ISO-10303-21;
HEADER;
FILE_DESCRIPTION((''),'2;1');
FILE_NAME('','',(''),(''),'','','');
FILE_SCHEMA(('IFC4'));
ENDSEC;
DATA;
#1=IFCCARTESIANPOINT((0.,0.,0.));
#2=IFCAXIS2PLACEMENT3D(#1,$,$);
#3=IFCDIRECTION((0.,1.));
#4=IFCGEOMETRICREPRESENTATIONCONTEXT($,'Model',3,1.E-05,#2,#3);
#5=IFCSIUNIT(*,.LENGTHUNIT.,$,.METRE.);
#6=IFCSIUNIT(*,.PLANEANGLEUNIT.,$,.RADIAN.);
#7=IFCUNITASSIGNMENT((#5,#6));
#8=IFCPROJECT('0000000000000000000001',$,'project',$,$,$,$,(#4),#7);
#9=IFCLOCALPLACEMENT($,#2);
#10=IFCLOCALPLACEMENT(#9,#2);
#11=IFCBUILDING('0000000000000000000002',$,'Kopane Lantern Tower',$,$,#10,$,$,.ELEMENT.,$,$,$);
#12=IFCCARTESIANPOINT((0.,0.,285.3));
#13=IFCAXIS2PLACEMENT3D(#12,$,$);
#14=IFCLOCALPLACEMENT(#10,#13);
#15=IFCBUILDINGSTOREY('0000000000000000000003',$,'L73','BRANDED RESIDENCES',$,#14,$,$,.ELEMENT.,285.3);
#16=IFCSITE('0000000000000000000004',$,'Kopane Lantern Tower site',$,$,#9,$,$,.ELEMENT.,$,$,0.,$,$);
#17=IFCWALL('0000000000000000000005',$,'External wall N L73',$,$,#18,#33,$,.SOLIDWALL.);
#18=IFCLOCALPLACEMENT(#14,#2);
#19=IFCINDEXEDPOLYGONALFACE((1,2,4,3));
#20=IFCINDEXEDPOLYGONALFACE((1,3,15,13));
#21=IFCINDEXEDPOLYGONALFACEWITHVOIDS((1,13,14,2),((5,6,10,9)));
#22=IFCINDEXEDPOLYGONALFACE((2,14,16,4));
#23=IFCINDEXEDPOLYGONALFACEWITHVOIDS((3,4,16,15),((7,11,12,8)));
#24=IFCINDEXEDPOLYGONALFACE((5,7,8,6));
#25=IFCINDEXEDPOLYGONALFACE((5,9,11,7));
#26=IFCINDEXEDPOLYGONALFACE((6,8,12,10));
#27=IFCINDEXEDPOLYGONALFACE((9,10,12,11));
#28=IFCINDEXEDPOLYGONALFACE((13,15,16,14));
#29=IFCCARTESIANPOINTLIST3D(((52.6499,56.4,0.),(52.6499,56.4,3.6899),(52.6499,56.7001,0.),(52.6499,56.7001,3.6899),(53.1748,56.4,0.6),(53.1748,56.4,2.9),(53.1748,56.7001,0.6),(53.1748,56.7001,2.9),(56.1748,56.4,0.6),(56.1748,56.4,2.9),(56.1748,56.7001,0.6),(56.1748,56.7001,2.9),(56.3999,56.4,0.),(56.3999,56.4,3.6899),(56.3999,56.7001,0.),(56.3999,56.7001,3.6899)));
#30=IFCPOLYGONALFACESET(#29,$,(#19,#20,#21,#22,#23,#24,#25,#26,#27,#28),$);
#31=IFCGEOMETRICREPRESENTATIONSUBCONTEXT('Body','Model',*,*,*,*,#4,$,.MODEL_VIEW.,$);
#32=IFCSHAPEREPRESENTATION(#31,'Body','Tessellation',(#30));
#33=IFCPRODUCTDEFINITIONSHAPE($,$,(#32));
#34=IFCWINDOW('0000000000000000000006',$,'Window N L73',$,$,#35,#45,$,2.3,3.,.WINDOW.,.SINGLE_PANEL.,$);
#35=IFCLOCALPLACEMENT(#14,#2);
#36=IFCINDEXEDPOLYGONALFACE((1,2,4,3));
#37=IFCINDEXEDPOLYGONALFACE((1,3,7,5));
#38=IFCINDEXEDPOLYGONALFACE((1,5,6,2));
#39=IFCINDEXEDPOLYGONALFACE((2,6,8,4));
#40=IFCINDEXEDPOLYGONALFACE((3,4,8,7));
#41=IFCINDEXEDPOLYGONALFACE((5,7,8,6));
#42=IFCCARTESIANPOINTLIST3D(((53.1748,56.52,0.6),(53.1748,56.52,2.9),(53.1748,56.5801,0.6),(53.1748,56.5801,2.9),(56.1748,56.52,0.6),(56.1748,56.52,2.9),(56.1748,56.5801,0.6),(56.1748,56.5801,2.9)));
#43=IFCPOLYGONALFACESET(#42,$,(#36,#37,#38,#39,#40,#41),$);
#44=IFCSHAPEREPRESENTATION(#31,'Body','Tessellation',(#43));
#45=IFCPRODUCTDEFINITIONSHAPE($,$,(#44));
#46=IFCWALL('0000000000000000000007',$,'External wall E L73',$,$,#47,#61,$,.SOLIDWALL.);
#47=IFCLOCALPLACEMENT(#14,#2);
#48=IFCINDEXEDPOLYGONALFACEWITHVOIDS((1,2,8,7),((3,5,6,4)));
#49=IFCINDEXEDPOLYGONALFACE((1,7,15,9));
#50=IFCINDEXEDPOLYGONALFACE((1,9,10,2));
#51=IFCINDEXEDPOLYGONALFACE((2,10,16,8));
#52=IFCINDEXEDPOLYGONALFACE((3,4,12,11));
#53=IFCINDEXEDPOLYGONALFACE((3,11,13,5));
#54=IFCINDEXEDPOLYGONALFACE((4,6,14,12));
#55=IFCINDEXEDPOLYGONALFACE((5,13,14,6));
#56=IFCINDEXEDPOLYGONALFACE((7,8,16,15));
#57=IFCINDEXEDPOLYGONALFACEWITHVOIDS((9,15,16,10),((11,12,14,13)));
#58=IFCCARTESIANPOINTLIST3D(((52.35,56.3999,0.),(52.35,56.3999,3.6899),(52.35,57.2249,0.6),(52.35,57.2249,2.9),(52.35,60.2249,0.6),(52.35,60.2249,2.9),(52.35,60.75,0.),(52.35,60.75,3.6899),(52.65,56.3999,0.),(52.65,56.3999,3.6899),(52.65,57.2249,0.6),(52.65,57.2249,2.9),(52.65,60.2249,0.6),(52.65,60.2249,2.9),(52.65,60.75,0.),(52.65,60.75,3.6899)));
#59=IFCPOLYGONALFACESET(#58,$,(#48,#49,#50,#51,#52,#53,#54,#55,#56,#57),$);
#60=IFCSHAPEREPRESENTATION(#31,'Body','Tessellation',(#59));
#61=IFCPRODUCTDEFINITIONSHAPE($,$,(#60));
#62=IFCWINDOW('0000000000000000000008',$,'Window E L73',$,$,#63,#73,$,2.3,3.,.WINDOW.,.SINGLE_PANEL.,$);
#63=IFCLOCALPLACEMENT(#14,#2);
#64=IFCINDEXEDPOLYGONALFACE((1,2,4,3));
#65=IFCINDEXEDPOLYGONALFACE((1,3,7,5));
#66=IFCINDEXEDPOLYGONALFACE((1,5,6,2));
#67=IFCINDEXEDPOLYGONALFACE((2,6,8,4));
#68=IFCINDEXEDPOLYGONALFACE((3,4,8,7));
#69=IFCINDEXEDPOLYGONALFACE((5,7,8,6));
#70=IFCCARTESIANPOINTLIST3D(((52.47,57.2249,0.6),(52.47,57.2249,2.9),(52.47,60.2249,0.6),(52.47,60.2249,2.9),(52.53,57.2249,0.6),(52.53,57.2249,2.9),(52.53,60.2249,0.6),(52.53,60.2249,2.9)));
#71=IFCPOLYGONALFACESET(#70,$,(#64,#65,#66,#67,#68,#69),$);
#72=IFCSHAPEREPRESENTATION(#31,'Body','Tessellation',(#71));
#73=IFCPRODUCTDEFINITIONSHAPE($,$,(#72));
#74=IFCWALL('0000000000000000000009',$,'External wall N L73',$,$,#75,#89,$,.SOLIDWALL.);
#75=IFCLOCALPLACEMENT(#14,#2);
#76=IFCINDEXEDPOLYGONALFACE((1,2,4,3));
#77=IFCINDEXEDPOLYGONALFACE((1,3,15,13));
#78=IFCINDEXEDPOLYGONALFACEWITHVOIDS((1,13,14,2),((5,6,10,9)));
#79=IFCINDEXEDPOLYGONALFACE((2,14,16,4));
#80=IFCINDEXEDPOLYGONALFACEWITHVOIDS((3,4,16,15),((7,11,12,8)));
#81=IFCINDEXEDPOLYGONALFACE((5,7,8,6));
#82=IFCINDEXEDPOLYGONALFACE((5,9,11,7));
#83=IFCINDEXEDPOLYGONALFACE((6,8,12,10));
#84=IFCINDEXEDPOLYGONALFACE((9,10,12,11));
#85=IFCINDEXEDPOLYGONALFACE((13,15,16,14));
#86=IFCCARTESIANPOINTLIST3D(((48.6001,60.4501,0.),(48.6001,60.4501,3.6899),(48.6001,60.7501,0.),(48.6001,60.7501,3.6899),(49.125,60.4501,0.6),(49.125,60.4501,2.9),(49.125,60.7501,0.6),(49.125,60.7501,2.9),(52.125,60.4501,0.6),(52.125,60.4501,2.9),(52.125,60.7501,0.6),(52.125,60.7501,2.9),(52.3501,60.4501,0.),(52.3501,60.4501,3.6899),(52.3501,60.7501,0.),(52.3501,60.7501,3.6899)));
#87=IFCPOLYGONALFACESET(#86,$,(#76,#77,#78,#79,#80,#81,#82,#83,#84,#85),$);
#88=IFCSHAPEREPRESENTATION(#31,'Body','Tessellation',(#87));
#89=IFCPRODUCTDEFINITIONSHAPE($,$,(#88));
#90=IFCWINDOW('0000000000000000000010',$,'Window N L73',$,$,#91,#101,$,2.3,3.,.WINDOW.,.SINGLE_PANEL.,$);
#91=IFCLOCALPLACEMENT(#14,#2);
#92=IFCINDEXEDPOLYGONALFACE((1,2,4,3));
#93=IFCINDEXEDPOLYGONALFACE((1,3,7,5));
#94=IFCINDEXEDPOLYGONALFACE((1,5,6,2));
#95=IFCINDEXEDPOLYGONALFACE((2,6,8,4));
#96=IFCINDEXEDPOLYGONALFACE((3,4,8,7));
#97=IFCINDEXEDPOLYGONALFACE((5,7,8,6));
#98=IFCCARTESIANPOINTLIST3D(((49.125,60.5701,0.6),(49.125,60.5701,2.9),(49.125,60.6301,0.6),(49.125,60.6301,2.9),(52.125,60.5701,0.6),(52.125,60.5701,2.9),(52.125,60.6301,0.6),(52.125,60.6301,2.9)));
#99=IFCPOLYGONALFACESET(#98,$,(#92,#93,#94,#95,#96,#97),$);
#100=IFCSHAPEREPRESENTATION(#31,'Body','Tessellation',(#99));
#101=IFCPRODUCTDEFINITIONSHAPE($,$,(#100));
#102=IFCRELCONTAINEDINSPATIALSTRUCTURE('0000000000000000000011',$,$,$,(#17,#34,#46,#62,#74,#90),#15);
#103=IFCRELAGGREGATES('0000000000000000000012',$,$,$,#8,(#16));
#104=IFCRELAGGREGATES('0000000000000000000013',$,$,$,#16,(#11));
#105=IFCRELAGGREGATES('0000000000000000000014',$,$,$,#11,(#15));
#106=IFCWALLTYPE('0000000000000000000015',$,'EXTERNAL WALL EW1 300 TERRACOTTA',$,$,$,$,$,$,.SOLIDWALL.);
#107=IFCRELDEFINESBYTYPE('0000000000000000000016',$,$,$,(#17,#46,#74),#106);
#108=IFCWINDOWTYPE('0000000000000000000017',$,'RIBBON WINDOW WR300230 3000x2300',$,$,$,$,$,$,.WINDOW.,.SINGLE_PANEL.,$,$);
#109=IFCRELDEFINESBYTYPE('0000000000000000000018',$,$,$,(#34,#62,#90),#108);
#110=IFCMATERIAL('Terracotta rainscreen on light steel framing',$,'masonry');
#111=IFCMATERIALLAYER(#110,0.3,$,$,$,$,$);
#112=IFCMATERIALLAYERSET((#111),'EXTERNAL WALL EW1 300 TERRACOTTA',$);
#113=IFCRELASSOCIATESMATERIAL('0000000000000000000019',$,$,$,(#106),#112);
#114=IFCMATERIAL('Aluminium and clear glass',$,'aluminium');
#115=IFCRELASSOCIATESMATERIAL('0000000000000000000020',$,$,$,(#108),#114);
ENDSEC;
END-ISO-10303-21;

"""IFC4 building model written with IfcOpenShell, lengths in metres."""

from ifc_helpers import new_model, si_unit, direction, frame, frame_2d, origin, place, context, subcontext, project, spatial, rectangle, extrude, material, layer, layer_set, type_object, element, fill, save


model = new_model("IFC4")

# Units and contexts
model_context = context("Model", 3, precision=1e-05, world=origin(), true_north=direction((0.0, 1.0)))
body_context = subcontext(model_context, "Body", "Model", "MODEL_VIEW")
ifc_project = project(units=[si_unit("LENGTHUNIT", "METRE"), si_unit("PLANEANGLEUNIT", "RADIAN")], contexts=[model_context])

# Site, building, storey
site_placement = place(None, origin())
site = spatial("IfcSite", under=ifc_project, at=site_placement, Name="Kopane Lantern Tower site", CompositionType="ELEMENT", RefElevation=0.0)
building_placement = place(site_placement, origin())
building = spatial("IfcBuilding", under=site, at=building_placement, Name="Kopane Lantern Tower", CompositionType="ELEMENT")
storey_placement = place(building_placement, frame((0.0, 0.0, 285.3)))
storey = spatial("IfcBuildingStorey", under=building, at=storey_placement, Name="L73", Description="BRANDED RESIDENCES", CompositionType="ELEMENT", Elevation=285.3)

# Walls, openings, windows
ifc_material_1 = material(Name="Terracotta rainscreen on light steel framing", Category="masonry")
ifc_layer_1 = layer(ifc_material_1, 0.3)
ifc_layer_set_1 = layer_set([ifc_layer_1], Name="EXTERNAL WALL EW1 300 TERRACOTTA")
wall_type_1 = type_object("IfcWallType", Name="EXTERNAL WALL EW1 300 TERRACOTTA", PredefinedType="SOLIDWALL", material=ifc_layer_set_1)
wall_1_placement = place(storey_placement, frame((56.3999, 56.55, 0.0), z_axis=(0.0, 0.0, 1.0), x_axis=(-1.0, 0.0, 0.0)))
wall_1 = element("IfcWall", 1, at=wall_1_placement, inside=storey, type_object=wall_type_1, Name="External wall N L73", PredefinedType="SOLIDWALL", context=body_context, shape_type="SweptSolid", body=[
    extrude(rectangle(XDim=3.75, YDim=0.3, at=frame_2d((1.875, 0.0))), origin(), (0.0, 0.0, 1.0), 3.6899),
])
opening_1_placement = place(wall_1_placement, frame((0.2251, 0.0, 0.6001)))
opening_1 = element("IfcOpeningElement", 2, at=opening_1_placement, cuts=wall_1, PredefinedType="OPENING", context=body_context, shape_type="SweptSolid", body=[
    extrude(rectangle(XDim=3.0, YDim=2.3, at=frame_2d((1.5, 1.1499))), frame((0.0, 0.1599, 0.0), z_axis=(0.0, -1.0, 0.0), x_axis=(1.0, 0.0, 0.0)), (0.0, 0.0, 1.0), 0.3201),
])
ifc_material_2 = material(Name="Aluminium and clear glass", Category="aluminium")
window_type = type_object("IfcWindowType", Name="RIBBON WINDOW WR300230 3000x2300", PartitioningType="SINGLE_PANEL", PredefinedType="WINDOW", material=ifc_material_2)
window_1_placement = place(opening_1_placement, origin())
window_1 = element("IfcWindow", 3, at=window_1_placement, inside=storey, type_object=window_type, Name="Window N L73", OverallHeight=2.3, OverallWidth=3.0, PartitioningType="SINGLE_PANEL", PredefinedType="WINDOW", context=body_context, shape_type="SweptSolid", body=[
    extrude(rectangle(XDim=3.0, YDim=2.3, at=frame_2d((1.5, 1.1499))), frame((0.0, 0.03, 0.0), z_axis=(0.0, -1.0, 0.0), x_axis=(1.0, 0.0, 0.0)), (0.0, 0.0, 1.0), 0.0601),
])
fill(opening_1, window_1)
wall_2_placement = place(storey_placement, frame((52.5, 56.3999, 0.0), z_axis=(0.0, 0.0, 1.0), x_axis=(0.0, 1.0, 0.0)))
wall_2 = element("IfcWall", 4, at=wall_2_placement, inside=storey, type_object=wall_type_1, Name="External wall E L73", PredefinedType="SOLIDWALL", context=body_context, shape_type="SweptSolid", body=[
    extrude(rectangle(XDim=4.3501, YDim=0.3, at=frame_2d((2.175, 0.0))), origin(), (0.0, 0.0, 1.0), 3.6899),
])
opening_2_placement = place(wall_2_placement, frame((0.825, 0.0, 0.6001)))
opening_2 = element("IfcOpeningElement", 5, at=opening_2_placement, cuts=wall_2, PredefinedType="OPENING", context=body_context, shape_type="SweptSolid", body=[
    extrude(rectangle(XDim=3.0, YDim=2.3, at=frame_2d((1.5, 1.1499))), frame((0.0, 0.1599, 0.0), z_axis=(0.0, -1.0, 0.0), x_axis=(1.0, 0.0, 0.0)), (0.0, 0.0, 1.0), 0.3201),
])
window_2_placement = place(opening_2_placement, origin())
window_2 = element("IfcWindow", 6, at=window_2_placement, inside=storey, type_object=window_type, Name="Window E L73", OverallHeight=2.3, OverallWidth=3.0, PartitioningType="SINGLE_PANEL", PredefinedType="WINDOW", context=body_context, shape_type="SweptSolid", body=[
    extrude(rectangle(XDim=3.0, YDim=2.3, at=frame_2d((1.5, 1.1499))), frame((0.0, 0.03, 0.0), z_axis=(0.0, -1.0, 0.0), x_axis=(1.0, 0.0, 0.0)), (0.0, 0.0, 1.0), 0.0601),
])
fill(opening_2, window_2)
wall_3_placement = place(storey_placement, frame((52.3501, 60.6001, 0.0), z_axis=(0.0, 0.0, 1.0), x_axis=(-1.0, 0.0, 0.0)))
wall_3 = element("IfcWall", 7, at=wall_3_placement, inside=storey, type_object=wall_type_1, Name="External wall N L73", PredefinedType="SOLIDWALL", context=body_context, shape_type="SweptSolid", body=[
    extrude(rectangle(XDim=3.75, YDim=0.3, at=frame_2d((1.875, 0.0))), origin(), (0.0, 0.0, 1.0), 3.6899),
])
opening_3_placement = place(wall_3_placement, frame((0.2251, 0.0, 0.6001)))
opening_3 = element("IfcOpeningElement", 8, at=opening_3_placement, cuts=wall_3, PredefinedType="OPENING", context=body_context, shape_type="SweptSolid", body=[
    extrude(rectangle(XDim=3.0, YDim=2.3, at=frame_2d((1.5, 1.1499))), frame((0.0, 0.1599, 0.0), z_axis=(0.0, -1.0, 0.0), x_axis=(1.0, 0.0, 0.0)), (0.0, 0.0, 1.0), 0.3201),
])
window_3_placement = place(opening_3_placement, origin())
window_3 = element("IfcWindow", 9, at=window_3_placement, inside=storey, type_object=window_type, Name="Window N L73", OverallHeight=2.3, OverallWidth=3.0, PartitioningType="SINGLE_PANEL", PredefinedType="WINDOW", context=body_context, shape_type="SweptSolid", body=[
    extrude(rectangle(XDim=3.0, YDim=2.3, at=frame_2d((1.5, 1.1499))), frame((0.0, 0.03, 0.0), z_axis=(0.0, -1.0, 0.0), x_axis=(1.0, 0.0, 0.0)), (0.0, 0.0, 1.0), 0.0601),
])
fill(opening_3, window_3)

save(model, "model.ifc")
